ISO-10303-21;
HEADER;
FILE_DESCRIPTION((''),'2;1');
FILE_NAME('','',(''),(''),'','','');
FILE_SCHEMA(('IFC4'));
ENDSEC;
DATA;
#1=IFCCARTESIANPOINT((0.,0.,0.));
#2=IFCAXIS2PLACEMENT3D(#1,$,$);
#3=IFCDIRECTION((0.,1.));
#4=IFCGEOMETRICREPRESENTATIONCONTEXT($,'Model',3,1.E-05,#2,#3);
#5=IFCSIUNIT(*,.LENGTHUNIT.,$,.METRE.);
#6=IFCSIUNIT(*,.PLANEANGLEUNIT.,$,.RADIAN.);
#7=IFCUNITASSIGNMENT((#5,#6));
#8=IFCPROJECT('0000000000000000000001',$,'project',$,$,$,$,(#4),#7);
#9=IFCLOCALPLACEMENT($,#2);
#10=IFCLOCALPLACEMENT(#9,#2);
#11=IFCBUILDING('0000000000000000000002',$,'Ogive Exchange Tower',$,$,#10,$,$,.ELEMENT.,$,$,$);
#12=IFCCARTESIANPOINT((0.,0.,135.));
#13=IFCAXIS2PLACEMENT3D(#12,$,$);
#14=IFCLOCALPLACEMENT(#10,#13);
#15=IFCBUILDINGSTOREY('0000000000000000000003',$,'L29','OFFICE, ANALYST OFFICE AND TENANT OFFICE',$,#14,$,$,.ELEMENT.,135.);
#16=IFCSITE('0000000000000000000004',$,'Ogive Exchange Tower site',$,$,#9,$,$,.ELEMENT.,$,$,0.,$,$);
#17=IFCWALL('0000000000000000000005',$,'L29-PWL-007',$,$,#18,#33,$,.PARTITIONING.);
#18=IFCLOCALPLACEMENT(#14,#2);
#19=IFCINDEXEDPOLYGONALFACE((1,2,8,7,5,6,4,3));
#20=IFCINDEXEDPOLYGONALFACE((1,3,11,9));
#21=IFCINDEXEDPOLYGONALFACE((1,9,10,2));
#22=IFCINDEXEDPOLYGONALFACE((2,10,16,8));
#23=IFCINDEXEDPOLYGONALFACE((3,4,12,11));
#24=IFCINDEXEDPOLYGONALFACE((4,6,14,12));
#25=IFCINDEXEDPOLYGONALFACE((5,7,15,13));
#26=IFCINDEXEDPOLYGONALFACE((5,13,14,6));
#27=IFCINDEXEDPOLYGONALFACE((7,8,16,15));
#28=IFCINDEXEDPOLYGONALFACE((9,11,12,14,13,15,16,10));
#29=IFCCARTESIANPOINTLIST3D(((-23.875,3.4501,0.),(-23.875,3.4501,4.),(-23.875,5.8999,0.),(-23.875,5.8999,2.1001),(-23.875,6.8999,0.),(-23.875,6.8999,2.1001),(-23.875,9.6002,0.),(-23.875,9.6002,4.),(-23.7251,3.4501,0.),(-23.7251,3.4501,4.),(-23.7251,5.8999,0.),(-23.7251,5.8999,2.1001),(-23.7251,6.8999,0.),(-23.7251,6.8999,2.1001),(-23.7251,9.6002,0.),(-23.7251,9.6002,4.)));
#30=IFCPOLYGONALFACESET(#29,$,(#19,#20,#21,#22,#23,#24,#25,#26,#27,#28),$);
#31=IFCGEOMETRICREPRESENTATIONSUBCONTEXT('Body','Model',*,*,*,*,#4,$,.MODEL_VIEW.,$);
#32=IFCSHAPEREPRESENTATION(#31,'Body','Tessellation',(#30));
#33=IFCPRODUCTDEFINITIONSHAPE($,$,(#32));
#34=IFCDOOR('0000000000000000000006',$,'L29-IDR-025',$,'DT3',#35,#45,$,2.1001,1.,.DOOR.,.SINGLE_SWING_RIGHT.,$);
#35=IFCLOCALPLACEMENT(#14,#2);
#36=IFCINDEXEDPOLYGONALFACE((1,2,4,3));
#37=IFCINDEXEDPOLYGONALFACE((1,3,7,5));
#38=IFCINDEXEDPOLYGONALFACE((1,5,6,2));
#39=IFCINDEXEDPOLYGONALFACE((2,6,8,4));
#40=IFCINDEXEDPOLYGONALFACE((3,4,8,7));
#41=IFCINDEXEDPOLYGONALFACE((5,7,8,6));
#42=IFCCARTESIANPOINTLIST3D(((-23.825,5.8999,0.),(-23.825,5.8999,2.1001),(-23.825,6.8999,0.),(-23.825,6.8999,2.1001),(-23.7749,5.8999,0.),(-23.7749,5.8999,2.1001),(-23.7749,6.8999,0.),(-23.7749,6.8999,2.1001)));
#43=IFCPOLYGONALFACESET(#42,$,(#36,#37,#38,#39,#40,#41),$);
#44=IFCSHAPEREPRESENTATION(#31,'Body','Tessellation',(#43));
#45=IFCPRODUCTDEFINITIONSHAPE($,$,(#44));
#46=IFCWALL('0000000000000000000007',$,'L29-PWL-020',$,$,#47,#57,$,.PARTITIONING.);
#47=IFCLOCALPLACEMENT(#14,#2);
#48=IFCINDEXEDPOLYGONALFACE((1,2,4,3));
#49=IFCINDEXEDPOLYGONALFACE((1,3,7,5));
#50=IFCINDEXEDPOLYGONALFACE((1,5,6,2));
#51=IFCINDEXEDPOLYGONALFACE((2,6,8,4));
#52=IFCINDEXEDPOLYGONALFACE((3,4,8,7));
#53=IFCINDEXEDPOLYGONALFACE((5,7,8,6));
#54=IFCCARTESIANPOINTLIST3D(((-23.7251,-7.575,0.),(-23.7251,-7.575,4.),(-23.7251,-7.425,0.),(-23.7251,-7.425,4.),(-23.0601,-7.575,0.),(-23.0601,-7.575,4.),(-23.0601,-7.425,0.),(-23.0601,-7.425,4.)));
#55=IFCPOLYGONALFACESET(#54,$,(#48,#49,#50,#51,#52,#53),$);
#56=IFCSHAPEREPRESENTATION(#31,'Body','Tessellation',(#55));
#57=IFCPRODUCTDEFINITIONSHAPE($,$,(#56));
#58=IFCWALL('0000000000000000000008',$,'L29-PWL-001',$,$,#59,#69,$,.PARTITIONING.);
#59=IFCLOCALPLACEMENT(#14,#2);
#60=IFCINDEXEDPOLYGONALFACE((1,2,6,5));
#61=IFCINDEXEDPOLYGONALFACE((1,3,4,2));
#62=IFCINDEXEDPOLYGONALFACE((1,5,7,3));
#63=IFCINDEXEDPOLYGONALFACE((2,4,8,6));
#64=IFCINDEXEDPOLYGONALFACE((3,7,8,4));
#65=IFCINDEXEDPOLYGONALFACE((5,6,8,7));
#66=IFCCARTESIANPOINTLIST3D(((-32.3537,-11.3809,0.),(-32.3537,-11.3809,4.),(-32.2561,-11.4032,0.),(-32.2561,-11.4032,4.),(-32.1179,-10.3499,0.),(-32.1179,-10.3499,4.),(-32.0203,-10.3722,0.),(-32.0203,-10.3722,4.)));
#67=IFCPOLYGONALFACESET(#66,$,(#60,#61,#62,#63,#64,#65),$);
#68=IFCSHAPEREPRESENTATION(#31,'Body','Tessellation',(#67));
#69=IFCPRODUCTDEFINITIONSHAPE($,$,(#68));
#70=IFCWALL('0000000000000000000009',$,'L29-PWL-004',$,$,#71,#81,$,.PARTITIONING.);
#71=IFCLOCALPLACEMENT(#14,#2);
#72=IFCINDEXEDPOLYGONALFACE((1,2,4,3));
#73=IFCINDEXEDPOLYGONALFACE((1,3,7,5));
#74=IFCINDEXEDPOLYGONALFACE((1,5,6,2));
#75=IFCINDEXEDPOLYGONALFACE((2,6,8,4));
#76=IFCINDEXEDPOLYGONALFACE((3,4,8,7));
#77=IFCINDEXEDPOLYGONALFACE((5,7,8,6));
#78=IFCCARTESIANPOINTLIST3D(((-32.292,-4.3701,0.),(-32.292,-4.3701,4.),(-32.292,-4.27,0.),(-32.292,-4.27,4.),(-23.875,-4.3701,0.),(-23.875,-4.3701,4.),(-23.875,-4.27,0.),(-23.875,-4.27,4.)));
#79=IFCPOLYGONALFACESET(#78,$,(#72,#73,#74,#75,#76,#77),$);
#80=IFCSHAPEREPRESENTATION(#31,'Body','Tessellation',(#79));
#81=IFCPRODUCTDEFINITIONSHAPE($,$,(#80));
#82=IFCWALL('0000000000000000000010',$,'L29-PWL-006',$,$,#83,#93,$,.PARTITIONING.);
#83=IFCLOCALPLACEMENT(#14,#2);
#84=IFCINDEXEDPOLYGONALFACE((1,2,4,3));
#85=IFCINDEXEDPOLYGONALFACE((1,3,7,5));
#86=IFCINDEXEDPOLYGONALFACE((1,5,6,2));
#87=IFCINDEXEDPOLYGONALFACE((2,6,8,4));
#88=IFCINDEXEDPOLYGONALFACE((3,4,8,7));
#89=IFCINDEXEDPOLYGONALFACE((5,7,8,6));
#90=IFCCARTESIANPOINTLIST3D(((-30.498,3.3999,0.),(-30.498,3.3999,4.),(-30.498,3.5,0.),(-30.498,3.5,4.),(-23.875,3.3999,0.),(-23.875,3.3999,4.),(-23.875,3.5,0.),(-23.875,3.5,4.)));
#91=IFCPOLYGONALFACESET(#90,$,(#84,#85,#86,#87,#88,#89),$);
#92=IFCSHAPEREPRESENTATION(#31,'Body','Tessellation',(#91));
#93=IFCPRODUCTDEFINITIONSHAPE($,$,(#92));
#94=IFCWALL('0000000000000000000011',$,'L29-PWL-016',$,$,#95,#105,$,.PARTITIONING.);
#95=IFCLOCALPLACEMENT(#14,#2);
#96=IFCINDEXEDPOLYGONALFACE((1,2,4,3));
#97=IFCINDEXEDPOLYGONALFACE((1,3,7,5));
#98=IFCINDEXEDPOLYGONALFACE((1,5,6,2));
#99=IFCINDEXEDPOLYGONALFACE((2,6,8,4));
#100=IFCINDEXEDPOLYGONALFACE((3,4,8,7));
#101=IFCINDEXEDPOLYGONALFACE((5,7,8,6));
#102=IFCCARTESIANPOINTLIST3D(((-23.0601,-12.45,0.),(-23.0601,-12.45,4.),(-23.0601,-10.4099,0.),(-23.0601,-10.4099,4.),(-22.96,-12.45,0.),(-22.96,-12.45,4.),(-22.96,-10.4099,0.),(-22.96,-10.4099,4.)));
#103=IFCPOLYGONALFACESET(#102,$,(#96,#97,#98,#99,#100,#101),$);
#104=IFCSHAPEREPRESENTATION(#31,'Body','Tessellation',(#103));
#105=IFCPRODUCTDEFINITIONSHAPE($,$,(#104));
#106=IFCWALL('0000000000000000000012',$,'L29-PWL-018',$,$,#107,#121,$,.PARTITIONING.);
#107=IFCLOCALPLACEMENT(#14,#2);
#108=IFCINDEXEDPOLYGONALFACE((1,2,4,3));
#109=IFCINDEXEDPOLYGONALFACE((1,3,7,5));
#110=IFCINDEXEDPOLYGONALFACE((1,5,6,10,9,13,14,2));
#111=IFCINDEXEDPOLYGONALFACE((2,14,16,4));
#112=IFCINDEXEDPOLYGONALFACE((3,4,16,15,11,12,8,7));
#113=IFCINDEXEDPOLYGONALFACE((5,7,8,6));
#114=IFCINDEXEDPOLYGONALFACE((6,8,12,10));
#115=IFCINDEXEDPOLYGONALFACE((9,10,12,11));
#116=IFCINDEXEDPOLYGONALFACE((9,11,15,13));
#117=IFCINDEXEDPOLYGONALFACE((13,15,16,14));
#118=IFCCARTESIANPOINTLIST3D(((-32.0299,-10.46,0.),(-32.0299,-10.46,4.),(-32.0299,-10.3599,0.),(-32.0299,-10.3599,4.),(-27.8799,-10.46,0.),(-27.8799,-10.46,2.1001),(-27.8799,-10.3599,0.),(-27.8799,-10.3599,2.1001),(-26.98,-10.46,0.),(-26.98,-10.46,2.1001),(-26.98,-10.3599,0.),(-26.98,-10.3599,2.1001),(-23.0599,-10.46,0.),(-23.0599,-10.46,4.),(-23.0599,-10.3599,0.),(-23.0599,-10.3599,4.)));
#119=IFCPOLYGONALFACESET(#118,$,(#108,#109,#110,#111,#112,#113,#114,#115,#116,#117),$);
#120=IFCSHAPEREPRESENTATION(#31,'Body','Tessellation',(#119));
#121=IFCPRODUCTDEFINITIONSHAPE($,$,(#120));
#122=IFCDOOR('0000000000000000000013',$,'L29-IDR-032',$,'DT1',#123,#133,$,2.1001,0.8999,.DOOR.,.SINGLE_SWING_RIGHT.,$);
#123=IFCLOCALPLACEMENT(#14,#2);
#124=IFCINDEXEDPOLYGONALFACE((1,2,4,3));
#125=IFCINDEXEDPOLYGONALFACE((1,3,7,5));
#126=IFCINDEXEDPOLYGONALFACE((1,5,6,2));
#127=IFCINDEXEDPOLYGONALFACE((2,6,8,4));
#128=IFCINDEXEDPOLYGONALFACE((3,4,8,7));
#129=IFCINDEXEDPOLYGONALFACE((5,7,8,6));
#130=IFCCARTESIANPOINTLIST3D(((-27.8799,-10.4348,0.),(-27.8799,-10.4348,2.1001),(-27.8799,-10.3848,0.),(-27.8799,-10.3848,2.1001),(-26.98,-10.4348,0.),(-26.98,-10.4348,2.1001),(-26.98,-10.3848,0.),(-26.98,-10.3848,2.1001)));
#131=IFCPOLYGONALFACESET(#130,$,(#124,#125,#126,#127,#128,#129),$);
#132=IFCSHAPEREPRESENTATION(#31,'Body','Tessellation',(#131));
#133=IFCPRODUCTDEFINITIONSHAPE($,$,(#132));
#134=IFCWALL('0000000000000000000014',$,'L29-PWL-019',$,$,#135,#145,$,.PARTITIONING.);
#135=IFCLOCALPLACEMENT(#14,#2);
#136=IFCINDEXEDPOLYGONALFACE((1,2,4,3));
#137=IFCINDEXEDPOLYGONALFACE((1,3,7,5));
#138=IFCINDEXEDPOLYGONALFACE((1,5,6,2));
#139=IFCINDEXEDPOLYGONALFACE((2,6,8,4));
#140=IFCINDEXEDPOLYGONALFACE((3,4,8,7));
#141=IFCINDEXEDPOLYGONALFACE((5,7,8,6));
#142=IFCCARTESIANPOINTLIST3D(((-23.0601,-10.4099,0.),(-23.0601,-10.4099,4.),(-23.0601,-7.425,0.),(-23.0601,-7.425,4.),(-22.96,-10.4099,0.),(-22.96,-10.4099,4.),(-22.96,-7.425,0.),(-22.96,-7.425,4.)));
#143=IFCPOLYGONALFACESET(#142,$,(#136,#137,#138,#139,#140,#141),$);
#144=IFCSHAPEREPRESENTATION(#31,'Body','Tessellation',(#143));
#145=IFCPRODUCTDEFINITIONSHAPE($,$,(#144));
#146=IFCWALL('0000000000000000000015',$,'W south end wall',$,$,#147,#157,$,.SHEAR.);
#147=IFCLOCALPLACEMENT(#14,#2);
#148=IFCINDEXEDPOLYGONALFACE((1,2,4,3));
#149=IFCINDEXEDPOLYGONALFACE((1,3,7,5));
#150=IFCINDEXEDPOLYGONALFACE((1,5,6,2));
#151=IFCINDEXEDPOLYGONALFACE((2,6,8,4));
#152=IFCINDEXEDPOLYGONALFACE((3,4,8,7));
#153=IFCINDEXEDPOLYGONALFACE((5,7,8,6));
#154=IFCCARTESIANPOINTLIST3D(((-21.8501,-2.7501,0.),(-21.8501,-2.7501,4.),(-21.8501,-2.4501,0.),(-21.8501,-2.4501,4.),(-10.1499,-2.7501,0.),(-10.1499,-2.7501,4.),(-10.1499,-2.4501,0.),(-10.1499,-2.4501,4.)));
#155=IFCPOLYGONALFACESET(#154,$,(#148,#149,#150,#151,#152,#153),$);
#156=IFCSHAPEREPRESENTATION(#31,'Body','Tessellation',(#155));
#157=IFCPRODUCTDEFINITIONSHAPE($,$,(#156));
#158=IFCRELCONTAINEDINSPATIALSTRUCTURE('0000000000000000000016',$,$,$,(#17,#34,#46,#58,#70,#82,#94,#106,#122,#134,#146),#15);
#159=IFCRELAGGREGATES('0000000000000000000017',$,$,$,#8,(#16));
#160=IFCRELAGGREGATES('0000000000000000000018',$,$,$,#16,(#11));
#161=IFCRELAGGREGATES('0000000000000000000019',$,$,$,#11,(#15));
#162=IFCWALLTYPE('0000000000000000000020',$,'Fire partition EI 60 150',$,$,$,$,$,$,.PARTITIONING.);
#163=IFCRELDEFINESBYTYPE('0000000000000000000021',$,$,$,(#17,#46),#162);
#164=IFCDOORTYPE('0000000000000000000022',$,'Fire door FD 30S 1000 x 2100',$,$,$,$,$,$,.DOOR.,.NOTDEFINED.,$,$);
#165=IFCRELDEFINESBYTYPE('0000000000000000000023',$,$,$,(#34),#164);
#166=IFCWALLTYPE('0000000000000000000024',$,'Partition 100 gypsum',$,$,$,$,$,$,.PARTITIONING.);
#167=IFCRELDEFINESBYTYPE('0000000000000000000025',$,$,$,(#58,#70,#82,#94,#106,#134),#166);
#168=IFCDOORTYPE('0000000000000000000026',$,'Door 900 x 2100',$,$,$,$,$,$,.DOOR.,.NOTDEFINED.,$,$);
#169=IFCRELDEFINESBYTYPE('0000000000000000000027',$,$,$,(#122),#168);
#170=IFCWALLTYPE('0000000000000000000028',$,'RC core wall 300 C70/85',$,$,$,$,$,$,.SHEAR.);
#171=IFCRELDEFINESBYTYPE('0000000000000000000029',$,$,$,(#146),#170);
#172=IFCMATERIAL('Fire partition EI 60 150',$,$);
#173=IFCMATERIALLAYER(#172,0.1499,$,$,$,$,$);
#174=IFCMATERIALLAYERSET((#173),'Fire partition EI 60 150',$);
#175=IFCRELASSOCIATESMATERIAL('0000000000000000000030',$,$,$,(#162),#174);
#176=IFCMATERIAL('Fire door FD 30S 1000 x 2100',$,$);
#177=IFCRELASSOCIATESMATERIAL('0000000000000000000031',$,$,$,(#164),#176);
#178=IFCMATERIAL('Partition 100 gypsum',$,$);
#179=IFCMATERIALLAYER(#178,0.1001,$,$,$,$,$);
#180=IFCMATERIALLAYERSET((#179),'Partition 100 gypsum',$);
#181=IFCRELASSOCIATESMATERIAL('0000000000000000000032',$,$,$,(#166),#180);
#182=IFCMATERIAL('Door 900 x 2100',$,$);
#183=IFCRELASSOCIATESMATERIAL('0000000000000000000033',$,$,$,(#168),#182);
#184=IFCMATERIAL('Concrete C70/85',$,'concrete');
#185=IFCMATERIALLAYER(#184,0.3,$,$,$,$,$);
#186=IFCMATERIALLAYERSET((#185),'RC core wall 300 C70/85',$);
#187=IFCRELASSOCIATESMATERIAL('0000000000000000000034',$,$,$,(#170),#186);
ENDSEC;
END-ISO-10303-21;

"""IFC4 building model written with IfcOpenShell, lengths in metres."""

from ifc_helpers import new_model, si_unit, direction, frame, frame_2d, origin, place, context, subcontext, project, spatial, rectangle, extrude, material, layer, layer_set, type_object, element, fill, save


model = new_model("IFC4")

# Units and contexts
model_context = context("Model", 3, precision=1e-05, world=origin(), true_north=direction((0.0, 1.0)))
body_context = subcontext(model_context, "Body", "Model", "MODEL_VIEW")
ifc_project = project(units=[si_unit("LENGTHUNIT", "METRE"), si_unit("PLANEANGLEUNIT", "RADIAN")], contexts=[model_context])

# Site, building, storey
site_placement = place(None, origin())
site = spatial("IfcSite", under=ifc_project, at=site_placement, Name="Ogive Exchange Tower site", CompositionType="ELEMENT", RefElevation=0.0)
building_placement = place(site_placement, origin())
building = spatial("IfcBuilding", under=site, at=building_placement, Name="Ogive Exchange Tower", CompositionType="ELEMENT")
storey_placement = place(building_placement, frame((0.0, 0.0, 135.0)))
storey = spatial("IfcBuildingStorey", under=building, at=storey_placement, Name="L29", Description="OFFICE, ANALYST OFFICE AND TENANT OFFICE", CompositionType="ELEMENT", Elevation=135.0)

# Wall, opening, door
ifc_material_1 = material(Name="Fire partition EI 60 150")
ifc_layer_1 = layer(ifc_material_1, 0.1499)
ifc_layer_set_1 = layer_set([ifc_layer_1], Name="Fire partition EI 60 150")
wall_type_1 = type_object("IfcWallType", Name="Fire partition EI 60 150", PredefinedType="PARTITIONING", material=ifc_layer_set_1)
ifc_material_2 = material(Name="Fire door FD 30S 1000 x 2100")
door_type_1 = type_object("IfcDoorType", Name="Fire door FD 30S 1000 x 2100", OperationType="NOTDEFINED", PredefinedType="DOOR", material=ifc_material_2)
wall_1_placement = place(storey_placement, frame((-23.8, 3.45, 0.0), z_axis=(0.0, 0.0, 1.0), x_axis=(0.0, 1.0, 0.0)))
wall_1 = element("IfcWall", 1, at=wall_1_placement, inside=storey, type_object=wall_type_1, Name="L29-PWL-007", PredefinedType="PARTITIONING", context=body_context, shape_type="SweptSolid", body=[
    extrude(rectangle(XDim=6.1501, YDim=0.1499, at=frame_2d((3.0752, 0.0))), origin(), (0.0, 0.0, 1.0), 4.0),
])
opening_1_placement = place(wall_1_placement, frame((2.45, 0.0, 0.0)))
opening_1 = element("IfcOpeningElement", 2, at=opening_1_placement, cuts=wall_1, PredefinedType="OPENING", context=body_context, shape_type="SweptSolid", body=[
    extrude(rectangle(XDim=1.0, YDim=2.1001, at=frame_2d((0.5, 1.05))), frame((0.0, 0.085, 0.0), z_axis=(0.0, -1.0, 0.0), x_axis=(1.0, 0.0, 0.0)), (0.0, 0.0, 1.0), 0.1699),
])
door_1_placement = place(opening_1_placement, origin())
door_1 = element("IfcDoor", 3, at=door_1_placement, inside=storey, type_object=door_type_1, Name="L29-IDR-025", ObjectType="DT3", OperationType="SINGLE_SWING_RIGHT", OverallHeight=2.1001, OverallWidth=1.0, PredefinedType="DOOR", context=body_context, shape_type="SweptSolid", body=[
    extrude(rectangle(XDim=1.0, YDim=2.1001, at=frame_2d((0.5, 1.05))), frame((0.0, 0.0249, 0.0), z_axis=(0.0, -1.0, 0.0), x_axis=(1.0, 0.0, 0.0)), (0.0, 0.0, 1.0), 0.05),
])
fill(opening_1, door_1)

# Walls
wall_2_placement = place(storey_placement, frame((-23.0601, -7.5, 0.0), z_axis=(0.0, 0.0, 1.0), x_axis=(-1.0, 0.0, 0.0)))
element("IfcWall", 4, at=wall_2_placement, inside=storey, type_object=wall_type_1, Name="L29-PWL-020", PredefinedType="PARTITIONING", context=body_context, shape_type="SweptSolid", body=[
    extrude(rectangle(XDim=0.665, YDim=0.1499, at=frame_2d((0.3325, 0.0))), origin(), (0.0, 0.0, 1.0), 4.0),
])
ifc_material_3 = material(Name="Partition 100 gypsum")
ifc_layer_2 = layer(ifc_material_3, 0.1001)
ifc_layer_set_2 = layer_set([ifc_layer_2], Name="Partition 100 gypsum")
wall_type_2 = type_object("IfcWallType", Name="Partition 100 gypsum", PredefinedType="PARTITIONING", material=ifc_layer_set_2)
wall_3_placement = place(storey_placement, frame((-32.0691, -10.3611, 0.0), z_axis=(0.0, 0.0, 1.0), x_axis=(-0.222988, -0.974821, 0.0)))
element("IfcWall", 5, at=wall_3_placement, inside=storey, type_object=wall_type_2, Name="L29-PWL-001", PredefinedType="PARTITIONING", context=body_context, shape_type="SweptSolid", body=[
    extrude(rectangle(XDim=1.0576, YDim=0.1001, at=frame_2d((0.5288, 0.0))), origin(), (0.0, 0.0, 1.0), 4.0),
])
wall_4_placement = place(storey_placement, frame((-23.875, -4.3201, 0.0), z_axis=(0.0, 0.0, 1.0), x_axis=(-1.0, 0.0, 0.0)))
element("IfcWall", 6, at=wall_4_placement, inside=storey, type_object=wall_type_2, Name="L29-PWL-004", PredefinedType="PARTITIONING", context=body_context, shape_type="SweptSolid", body=[
    extrude(rectangle(XDim=8.417, YDim=0.1001, at=frame_2d((4.2085, 0.0))), origin(), (0.0, 0.0, 1.0), 4.0),
])
wall_5_placement = place(storey_placement, frame((-23.875, 3.45, 0.0), z_axis=(0.0, 0.0, 1.0), x_axis=(-1.0, 0.0, 0.0)))
element("IfcWall", 7, at=wall_5_placement, inside=storey, type_object=wall_type_2, Name="L29-PWL-006", PredefinedType="PARTITIONING", context=body_context, shape_type="SweptSolid", body=[
    extrude(rectangle(XDim=6.623, YDim=0.1001, at=frame_2d((3.3115, 0.0))), origin(), (0.0, 0.0, 1.0), 4.0),
])
wall_6_placement = place(storey_placement, frame((-23.01, -12.45, 0.0), z_axis=(0.0, 0.0, 1.0), x_axis=(0.0, 1.0, 0.0)))
element("IfcWall", 8, at=wall_6_placement, inside=storey, type_object=wall_type_2, Name="L29-PWL-016", PredefinedType="PARTITIONING", context=body_context, shape_type="SweptSolid", body=[
    extrude(rectangle(XDim=2.04, YDim=0.1001, at=frame_2d((1.02, 0.0))), origin(), (0.0, 0.0, 1.0), 4.0),
])

# Wall, opening, door
wall_7_placement = place(storey_placement, frame((-23.0601, -10.4099, 0.0), z_axis=(0.0, 0.0, 1.0), x_axis=(-1.0, 0.0, 0.0)))
wall_7 = element("IfcWall", 9, at=wall_7_placement, inside=storey, type_object=wall_type_2, Name="L29-PWL-018", PredefinedType="PARTITIONING", context=body_context, shape_type="SweptSolid", body=[
    extrude(rectangle(XDim=8.97, YDim=0.1001, at=frame_2d((4.4849, 0.0))), origin(), (0.0, 0.0, 1.0), 4.0),
])
opening_2_placement = place(wall_7_placement, frame((3.9199, 0.0, 0.0)))
opening_2 = element("IfcOpeningElement", 10, at=opening_2_placement, cuts=wall_7, PredefinedType="OPENING", context=body_context, shape_type="SweptSolid", body=[
    extrude(rectangle(XDim=0.8999, YDim=2.1001, at=frame_2d((0.45, 1.05))), frame((0.0, 0.0601, 0.0), z_axis=(0.0, -1.0, 0.0), x_axis=(1.0, 0.0, 0.0)), (0.0, 0.0, 1.0), 0.1201),
])
ifc_material_4 = material(Name="Door 900 x 2100")
door_type_2 = type_object("IfcDoorType", Name="Door 900 x 2100", OperationType="NOTDEFINED", PredefinedType="DOOR", material=ifc_material_4)
door_2_placement = place(opening_2_placement, origin())
door_2 = element("IfcDoor", 11, at=door_2_placement, inside=storey, type_object=door_type_2, Name="L29-IDR-032", ObjectType="DT1", OperationType="SINGLE_SWING_RIGHT", OverallHeight=2.1001, OverallWidth=0.8999, PredefinedType="DOOR", context=body_context, shape_type="SweptSolid", body=[
    extrude(rectangle(XDim=0.8999, YDim=2.1001, at=frame_2d((0.45, 1.05))), frame((0.0, 0.0249, 0.0), z_axis=(0.0, -1.0, 0.0), x_axis=(1.0, 0.0, 0.0)), (0.0, 0.0, 1.0), 0.05),
])
fill(opening_2, door_2)

# Walls
wall_8_placement = place(storey_placement, frame((-23.01, -10.4099, 0.0), z_axis=(0.0, 0.0, 1.0), x_axis=(0.0, 1.0, 0.0)))
element("IfcWall", 12, at=wall_8_placement, inside=storey, type_object=wall_type_2, Name="L29-PWL-019", PredefinedType="PARTITIONING", context=body_context, shape_type="SweptSolid", body=[
    extrude(rectangle(XDim=2.9849, YDim=0.1001, at=frame_2d((1.4924, 0.0))), origin(), (0.0, 0.0, 1.0), 4.0),
])
ifc_material_5 = material(Name="Concrete C70/85", Category="concrete")
ifc_layer_3 = layer(ifc_material_5, 0.3)
ifc_layer_set_3 = layer_set([ifc_layer_3], Name="RC core wall 300 C70/85")
wall_type_3 = type_object("IfcWallType", Name="RC core wall 300 C70/85", PredefinedType="SHEAR", material=ifc_layer_set_3)
wall_9_placement = place(storey_placement, frame((-21.8501, -2.6001, 0.0), z_axis=(0.0, 0.0, 1.0), x_axis=(1.0, 0.0, 0.0)))
element("IfcWall", 13, at=wall_9_placement, inside=storey, type_object=wall_type_3, Name="W south end wall", PredefinedType="SHEAR", context=body_context, shape_type="SweptSolid", body=[
    extrude(rectangle(XDim=11.7002, YDim=0.3, at=frame_2d((5.8501, 0.0))), origin(), (0.0, 0.0, 1.0), 4.0),
])

save(model, "model.ifc")
